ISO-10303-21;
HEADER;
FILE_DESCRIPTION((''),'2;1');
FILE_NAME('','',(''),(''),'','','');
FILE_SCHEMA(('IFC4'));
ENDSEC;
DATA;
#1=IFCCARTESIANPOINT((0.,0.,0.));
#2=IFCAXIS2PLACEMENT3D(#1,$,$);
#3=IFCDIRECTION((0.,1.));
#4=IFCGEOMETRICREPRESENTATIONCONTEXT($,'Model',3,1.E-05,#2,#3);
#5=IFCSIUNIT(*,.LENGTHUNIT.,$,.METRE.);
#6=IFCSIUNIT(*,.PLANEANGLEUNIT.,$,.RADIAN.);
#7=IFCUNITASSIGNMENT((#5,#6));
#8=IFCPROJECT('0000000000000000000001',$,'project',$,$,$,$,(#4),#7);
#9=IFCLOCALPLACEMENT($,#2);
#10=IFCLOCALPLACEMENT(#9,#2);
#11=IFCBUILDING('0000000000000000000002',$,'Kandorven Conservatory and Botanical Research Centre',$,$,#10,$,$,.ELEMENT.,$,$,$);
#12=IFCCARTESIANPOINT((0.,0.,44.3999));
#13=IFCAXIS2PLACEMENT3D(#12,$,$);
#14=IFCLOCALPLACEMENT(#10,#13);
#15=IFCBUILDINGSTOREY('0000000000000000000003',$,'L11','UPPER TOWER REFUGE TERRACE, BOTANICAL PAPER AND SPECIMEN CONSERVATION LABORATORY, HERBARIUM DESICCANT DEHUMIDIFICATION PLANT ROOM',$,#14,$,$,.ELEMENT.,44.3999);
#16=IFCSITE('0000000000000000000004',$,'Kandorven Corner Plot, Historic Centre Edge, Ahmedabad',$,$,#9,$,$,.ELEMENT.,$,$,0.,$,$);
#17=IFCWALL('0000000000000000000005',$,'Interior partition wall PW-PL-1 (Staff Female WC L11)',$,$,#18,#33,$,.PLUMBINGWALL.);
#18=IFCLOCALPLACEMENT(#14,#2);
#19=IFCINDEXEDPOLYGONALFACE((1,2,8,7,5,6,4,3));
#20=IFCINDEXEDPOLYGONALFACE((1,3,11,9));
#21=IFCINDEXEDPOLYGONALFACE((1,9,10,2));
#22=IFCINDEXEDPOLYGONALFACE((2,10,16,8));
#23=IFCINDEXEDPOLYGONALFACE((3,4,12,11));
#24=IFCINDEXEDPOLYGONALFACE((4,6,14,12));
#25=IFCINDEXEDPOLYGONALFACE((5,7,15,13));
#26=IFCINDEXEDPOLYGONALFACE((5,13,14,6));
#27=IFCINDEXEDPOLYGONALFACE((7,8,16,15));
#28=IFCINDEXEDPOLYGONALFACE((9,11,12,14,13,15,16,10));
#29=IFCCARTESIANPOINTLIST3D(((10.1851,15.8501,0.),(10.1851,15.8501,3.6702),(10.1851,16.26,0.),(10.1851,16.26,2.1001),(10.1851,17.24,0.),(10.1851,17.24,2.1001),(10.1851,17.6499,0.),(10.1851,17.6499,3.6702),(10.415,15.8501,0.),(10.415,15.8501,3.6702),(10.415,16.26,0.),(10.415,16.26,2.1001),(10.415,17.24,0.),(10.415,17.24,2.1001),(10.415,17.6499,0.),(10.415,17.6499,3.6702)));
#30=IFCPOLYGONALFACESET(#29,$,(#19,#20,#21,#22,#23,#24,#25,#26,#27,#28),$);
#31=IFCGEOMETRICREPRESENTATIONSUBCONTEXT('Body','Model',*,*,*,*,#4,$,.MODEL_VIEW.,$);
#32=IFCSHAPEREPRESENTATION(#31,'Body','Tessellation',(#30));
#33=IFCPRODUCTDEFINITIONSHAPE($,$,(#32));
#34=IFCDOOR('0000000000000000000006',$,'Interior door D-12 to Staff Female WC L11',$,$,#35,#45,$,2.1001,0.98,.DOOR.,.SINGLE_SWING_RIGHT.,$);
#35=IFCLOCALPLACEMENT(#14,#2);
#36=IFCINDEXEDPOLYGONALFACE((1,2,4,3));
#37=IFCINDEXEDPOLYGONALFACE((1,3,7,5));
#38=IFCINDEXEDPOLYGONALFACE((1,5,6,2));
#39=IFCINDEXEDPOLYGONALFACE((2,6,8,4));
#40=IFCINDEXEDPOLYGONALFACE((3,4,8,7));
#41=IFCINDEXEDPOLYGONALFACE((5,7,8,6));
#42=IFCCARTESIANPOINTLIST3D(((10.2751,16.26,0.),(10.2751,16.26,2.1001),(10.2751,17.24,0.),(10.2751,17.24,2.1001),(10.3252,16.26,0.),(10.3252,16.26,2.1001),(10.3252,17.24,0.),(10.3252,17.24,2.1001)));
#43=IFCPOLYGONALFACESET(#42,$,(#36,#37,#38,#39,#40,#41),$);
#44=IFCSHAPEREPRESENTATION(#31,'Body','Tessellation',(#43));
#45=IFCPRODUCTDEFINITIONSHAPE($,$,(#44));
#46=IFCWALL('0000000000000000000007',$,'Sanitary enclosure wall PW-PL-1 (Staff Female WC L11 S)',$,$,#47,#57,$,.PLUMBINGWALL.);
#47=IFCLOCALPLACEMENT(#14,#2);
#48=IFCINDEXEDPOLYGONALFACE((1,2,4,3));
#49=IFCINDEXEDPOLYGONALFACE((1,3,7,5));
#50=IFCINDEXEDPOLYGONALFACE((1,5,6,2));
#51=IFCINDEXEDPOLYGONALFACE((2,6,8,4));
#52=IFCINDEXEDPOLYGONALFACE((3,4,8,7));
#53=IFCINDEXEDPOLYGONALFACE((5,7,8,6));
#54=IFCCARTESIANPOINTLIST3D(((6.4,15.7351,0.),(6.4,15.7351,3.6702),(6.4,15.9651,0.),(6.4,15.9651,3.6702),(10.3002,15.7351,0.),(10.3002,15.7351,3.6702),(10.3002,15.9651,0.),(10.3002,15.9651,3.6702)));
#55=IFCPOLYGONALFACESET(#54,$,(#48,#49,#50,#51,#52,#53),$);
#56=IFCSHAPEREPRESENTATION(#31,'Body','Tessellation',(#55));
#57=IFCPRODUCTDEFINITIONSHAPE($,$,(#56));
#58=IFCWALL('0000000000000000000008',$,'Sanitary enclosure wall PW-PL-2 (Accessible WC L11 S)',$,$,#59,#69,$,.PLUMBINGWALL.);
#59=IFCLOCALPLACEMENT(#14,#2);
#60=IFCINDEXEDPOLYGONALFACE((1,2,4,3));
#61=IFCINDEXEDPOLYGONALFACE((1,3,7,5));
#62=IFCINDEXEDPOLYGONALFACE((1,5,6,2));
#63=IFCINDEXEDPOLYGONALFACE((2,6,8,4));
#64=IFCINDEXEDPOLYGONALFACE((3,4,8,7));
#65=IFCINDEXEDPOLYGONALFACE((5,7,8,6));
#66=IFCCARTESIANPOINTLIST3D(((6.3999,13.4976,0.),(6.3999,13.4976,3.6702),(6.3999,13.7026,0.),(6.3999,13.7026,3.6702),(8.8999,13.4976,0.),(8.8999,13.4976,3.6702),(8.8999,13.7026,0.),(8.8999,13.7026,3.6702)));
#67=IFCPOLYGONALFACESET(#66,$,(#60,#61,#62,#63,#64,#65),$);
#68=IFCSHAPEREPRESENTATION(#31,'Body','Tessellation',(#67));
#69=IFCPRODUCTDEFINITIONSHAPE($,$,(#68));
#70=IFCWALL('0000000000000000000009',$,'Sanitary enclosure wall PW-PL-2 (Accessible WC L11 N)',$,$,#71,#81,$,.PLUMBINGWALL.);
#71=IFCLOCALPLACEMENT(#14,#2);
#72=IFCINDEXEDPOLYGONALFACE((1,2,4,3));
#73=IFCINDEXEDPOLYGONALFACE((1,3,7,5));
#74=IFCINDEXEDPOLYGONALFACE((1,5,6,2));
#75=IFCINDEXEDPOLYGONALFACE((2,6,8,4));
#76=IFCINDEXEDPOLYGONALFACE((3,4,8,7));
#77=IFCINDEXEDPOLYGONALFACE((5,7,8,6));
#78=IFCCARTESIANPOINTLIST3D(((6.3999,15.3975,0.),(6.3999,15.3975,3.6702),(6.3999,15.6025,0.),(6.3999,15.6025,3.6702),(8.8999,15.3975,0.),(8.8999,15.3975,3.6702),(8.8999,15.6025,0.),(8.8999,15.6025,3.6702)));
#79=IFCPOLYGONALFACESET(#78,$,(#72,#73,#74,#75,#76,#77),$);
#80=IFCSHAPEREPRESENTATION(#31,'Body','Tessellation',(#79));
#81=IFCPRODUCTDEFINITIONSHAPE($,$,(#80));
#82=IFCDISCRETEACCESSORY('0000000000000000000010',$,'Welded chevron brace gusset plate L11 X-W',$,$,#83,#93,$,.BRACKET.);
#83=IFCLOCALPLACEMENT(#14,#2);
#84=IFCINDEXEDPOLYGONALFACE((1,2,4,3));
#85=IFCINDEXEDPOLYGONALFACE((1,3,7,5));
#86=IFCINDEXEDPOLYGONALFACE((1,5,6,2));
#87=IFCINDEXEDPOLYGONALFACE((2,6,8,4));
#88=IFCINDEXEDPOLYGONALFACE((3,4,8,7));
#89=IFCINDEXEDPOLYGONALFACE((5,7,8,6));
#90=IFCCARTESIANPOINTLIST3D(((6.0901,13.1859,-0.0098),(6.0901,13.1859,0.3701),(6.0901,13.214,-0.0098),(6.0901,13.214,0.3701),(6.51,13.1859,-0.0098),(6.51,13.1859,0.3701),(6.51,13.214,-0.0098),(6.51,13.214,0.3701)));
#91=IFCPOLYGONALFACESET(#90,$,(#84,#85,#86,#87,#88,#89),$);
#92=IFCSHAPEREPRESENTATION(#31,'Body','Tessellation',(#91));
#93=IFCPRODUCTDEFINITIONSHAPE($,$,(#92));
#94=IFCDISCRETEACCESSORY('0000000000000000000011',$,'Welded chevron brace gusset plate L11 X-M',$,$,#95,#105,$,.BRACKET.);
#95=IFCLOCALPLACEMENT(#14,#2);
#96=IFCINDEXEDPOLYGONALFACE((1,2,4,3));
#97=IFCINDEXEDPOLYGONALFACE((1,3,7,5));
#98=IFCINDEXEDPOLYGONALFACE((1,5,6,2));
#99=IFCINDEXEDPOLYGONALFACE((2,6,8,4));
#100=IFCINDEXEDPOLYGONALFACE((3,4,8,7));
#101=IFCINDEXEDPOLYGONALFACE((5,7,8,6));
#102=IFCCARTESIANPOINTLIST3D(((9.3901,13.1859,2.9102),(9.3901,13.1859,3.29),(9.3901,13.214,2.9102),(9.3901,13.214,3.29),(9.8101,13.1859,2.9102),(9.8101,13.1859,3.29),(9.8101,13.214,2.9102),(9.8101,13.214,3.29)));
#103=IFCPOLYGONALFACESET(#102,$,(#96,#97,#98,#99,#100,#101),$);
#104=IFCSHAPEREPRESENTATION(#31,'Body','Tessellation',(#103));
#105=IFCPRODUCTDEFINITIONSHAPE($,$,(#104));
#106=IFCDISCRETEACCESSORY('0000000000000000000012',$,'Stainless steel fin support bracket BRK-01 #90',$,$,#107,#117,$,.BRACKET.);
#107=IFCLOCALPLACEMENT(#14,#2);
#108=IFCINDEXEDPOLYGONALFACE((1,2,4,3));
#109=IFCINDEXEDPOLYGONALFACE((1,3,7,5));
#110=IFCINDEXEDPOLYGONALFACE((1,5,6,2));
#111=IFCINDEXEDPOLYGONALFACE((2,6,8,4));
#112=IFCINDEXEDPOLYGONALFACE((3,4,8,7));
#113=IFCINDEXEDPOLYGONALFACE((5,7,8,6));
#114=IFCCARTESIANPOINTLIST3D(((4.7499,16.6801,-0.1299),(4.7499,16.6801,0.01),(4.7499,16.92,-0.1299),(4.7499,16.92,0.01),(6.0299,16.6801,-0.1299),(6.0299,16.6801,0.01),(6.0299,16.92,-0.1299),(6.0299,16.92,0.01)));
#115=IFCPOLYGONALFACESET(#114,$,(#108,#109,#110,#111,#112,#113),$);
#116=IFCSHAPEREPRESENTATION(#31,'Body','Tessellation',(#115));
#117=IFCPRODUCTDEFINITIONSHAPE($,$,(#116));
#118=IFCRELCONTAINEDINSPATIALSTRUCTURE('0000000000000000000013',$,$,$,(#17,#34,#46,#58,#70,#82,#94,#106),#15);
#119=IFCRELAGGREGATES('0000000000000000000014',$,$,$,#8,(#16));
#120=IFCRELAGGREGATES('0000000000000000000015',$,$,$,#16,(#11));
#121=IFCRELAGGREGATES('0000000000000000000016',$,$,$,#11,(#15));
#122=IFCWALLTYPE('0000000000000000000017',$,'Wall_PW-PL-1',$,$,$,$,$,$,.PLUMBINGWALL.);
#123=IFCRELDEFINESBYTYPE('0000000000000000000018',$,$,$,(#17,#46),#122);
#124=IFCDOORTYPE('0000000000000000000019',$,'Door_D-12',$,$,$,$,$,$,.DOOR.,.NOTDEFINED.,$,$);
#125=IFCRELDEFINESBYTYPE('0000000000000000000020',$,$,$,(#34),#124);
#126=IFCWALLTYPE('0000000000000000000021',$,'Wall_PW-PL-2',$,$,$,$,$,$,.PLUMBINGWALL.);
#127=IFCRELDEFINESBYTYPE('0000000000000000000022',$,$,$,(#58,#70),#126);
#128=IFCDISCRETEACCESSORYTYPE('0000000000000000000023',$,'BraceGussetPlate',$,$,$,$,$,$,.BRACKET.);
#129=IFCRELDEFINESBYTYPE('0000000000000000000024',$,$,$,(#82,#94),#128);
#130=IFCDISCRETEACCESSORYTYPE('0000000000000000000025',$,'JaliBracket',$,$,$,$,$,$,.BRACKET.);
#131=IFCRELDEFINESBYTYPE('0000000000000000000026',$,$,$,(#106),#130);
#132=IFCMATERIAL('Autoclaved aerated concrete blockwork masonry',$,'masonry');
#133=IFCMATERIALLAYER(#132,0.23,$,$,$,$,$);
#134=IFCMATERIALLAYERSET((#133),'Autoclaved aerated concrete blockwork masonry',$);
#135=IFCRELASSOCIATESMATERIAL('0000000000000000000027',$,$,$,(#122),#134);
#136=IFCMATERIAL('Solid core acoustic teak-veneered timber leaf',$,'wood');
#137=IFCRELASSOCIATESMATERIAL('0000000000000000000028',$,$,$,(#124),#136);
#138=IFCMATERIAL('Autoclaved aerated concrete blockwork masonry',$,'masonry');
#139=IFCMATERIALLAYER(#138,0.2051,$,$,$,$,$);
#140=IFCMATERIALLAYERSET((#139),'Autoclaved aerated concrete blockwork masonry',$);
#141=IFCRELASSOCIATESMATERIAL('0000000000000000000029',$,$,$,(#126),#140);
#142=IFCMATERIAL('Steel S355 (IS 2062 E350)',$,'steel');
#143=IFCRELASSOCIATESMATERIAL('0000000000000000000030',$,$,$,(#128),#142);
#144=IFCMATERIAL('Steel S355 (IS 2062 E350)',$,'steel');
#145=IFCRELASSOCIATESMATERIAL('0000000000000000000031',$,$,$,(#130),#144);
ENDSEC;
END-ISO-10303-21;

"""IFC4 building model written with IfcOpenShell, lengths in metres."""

from ifc_helpers import new_model, si_unit, direction, frame, frame_2d, origin, origin_2d, place, context, subcontext, project, spatial, rectangle, extrude, material, layer, layer_set, type_object, element, fill, save


model = new_model("IFC4")

# Units and contexts
model_context = context("Model", 3, precision=1e-05, world=origin(), true_north=direction((0.0, 1.0)))
body_context = subcontext(model_context, "Body", "Model", "MODEL_VIEW")
ifc_project = project(units=[si_unit("LENGTHUNIT", "METRE"), si_unit("PLANEANGLEUNIT", "RADIAN")], contexts=[model_context])

# Site, building, storey
site_placement = place(None, origin())
site = spatial("IfcSite", under=ifc_project, at=site_placement, Name="Kandorven Corner Plot, Historic Centre Edge, Ahmedabad", CompositionType="ELEMENT", RefElevation=0.0)
building_placement = place(site_placement, origin())
building = spatial("IfcBuilding", under=site, at=building_placement, Name="Kandorven Conservatory and Botanical Research Centre", CompositionType="ELEMENT")
storey_placement = place(building_placement, frame((0.0, 0.0, 44.3999)))
storey = spatial("IfcBuildingStorey", under=building, at=storey_placement, Name="L11", Description="UPPER TOWER REFUGE TERRACE, BOTANICAL PAPER AND SPECIMEN CONSERVATION LABORATORY, HERBARIUM DESICCANT DEHUMIDIFICATION PLANT ROOM", CompositionType="ELEMENT", Elevation=44.3999)

# Wall, opening, door
ifc_material_1 = material(Name="Autoclaved aerated concrete blockwork masonry", Category="masonry")
ifc_layer_1 = layer(ifc_material_1, 0.23)
ifc_layer_set_1 = layer_set([ifc_layer_1], Name="Autoclaved aerated concrete blockwork masonry")
wall_type_1 = type_object("IfcWallType", Name="Wall_PW-PL-1", PredefinedType="PLUMBINGWALL", material=ifc_layer_set_1)
wall_1_placement = place(storey_placement, frame((10.3, 15.8501, 0.0), z_axis=(0.0, 0.0, 1.0), x_axis=(0.0, 1.0, 0.0)))
wall_1 = element("IfcWall", 1, at=wall_1_placement, inside=storey, type_object=wall_type_1, Name="Interior partition wall PW-PL-1 (Staff Female WC L11)", PredefinedType="PLUMBINGWALL", context=body_context, shape_type="SweptSolid", body=[
    extrude(rectangle(XDim=1.7998, YDim=0.23, at=frame_2d((0.8999, 0.0))), origin(), (0.0, 0.0, 1.0), 3.6702),
])
opening_1_placement = place(wall_1_placement, frame((0.4099, 0.0, 0.0)))
opening_1 = element("IfcOpeningElement", 2, at=opening_1_placement, cuts=wall_1, PredefinedType="OPENING", context=body_context, shape_type="SweptSolid", body=[
    extrude(rectangle(XDim=0.98, YDim=2.1001, at=frame_2d((0.49, 1.05))), frame((0.0, 0.125, 0.0), z_axis=(0.0, -1.0, 0.0), x_axis=(1.0, 0.0, 0.0)), (0.0, 0.0, 1.0), 0.25),
])
ifc_material_2 = material(Name="Solid core acoustic teak-veneered timber leaf", Category="wood")
door_type_1 = type_object("IfcDoorType", Name="Door_D-12", OperationType="NOTDEFINED", PredefinedType="DOOR", material=ifc_material_2)
door_1_placement = place(opening_1_placement, origin())
door_1 = element("IfcDoor", 3, at=door_1_placement, inside=storey, type_object=door_type_1, Name="Interior door D-12 to Staff Female WC L11", OperationType="SINGLE_SWING_RIGHT", OverallHeight=2.1001, OverallWidth=0.98, PredefinedType="DOOR", context=body_context, shape_type="SweptSolid", body=[
    extrude(rectangle(XDim=0.98, YDim=2.1001, at=frame_2d((0.49, 1.05))), frame((0.0, 0.0249, 0.0), z_axis=(0.0, -1.0, 0.0), x_axis=(1.0, 0.0, 0.0)), (0.0, 0.0, 1.0), 0.05),
])
fill(opening_1, door_1)

# Wall
wall_2_placement = place(storey_placement, frame((6.3999, 15.8501, 0.0), z_axis=(0.0, 0.0, 1.0), x_axis=(1.0, 0.0, 0.0)))
element("IfcWall", 4, at=wall_2_placement, inside=storey, type_object=wall_type_1, Name="Sanitary enclosure wall PW-PL-1 (Staff Female WC L11 S)", PredefinedType="PLUMBINGWALL", context=body_context, shape_type="SweptSolid", body=[
    extrude(rectangle(XDim=3.9001, YDim=0.23, at=frame_2d((1.9502, 0.0))), origin(), (0.0, 0.0, 1.0), 3.6702),
])

# Shared definitions
ifc_material_3 = material(Name="Autoclaved aerated concrete blockwork masonry", Category="masonry")
ifc_layer_2 = layer(ifc_material_3, 0.2051)
ifc_layer_set_2 = layer_set([ifc_layer_2], Name="Autoclaved aerated concrete blockwork masonry")
wall_type_2 = type_object("IfcWallType", Name="Wall_PW-PL-2", PredefinedType="PLUMBINGWALL", material=ifc_layer_set_2)

# Walls
for number, where, z_axis, x_axis, name in (
    (5, (6.3999, 13.6001, 0.0), (0.0, 0.0, 1.0), (1.0, 0.0, 0.0), "Sanitary enclosure wall PW-PL-2 (Accessible WC L11 S)"),
    (6, (6.3999, 15.5, 0.0), (0.0, 0.0, 1.0), (1.0, 0.0, 0.0), "Sanitary enclosure wall PW-PL-2 (Accessible WC L11 N)"),
):
    element("IfcWall", number, at=place(storey_placement, frame(where, z_axis=z_axis, x_axis=x_axis)), inside=storey, type_object=wall_type_2, Name=name, PredefinedType="PLUMBINGWALL", context=body_context, shape_type="SweptSolid", body=[
        extrude(rectangle(XDim=2.5, YDim=0.2051, at=frame_2d((1.25, 0.0))), origin(), (0.0, 0.0, 1.0), 3.6702),
    ])

# Discrete accessories
ifc_material_4 = material(Name="Steel S355 (IS 2062 E350)", Category="steel")
discrete_accessory_type_1 = type_object("IfcDiscreteAccessoryType", Name="BraceGussetPlate", PredefinedType="BRACKET", material=ifc_material_4)
for number, where, z_axis, x_axis, name in (
    (7, (6.3, 13.2, -0.0098), (0.0, 0.0, 1.0), (1.0, 0.0, 0.0), "Welded chevron brace gusset plate L11 X-W"),
    (8, (9.6001, 13.2, 2.9102), (0.0, 0.0, 1.0), (1.0, 0.0, 0.0), "Welded chevron brace gusset plate L11 X-M"),
):
    element("IfcDiscreteAccessory", number, at=place(storey_placement, frame(where, z_axis=z_axis, x_axis=x_axis)), inside=storey, type_object=discrete_accessory_type_1, Name=name, PredefinedType="BRACKET", context=body_context, shape_type="SweptSolid", body=[
        extrude(rectangle(XDim=0.4199, YDim=0.0281, at=origin_2d()), origin(), (0.0, 0.0, 1.0), 0.3799),
    ])
ifc_material_5 = material(Name="Steel S355 (IS 2062 E350)", Category="steel")
discrete_accessory_type_2 = type_object("IfcDiscreteAccessoryType", Name="JaliBracket", PredefinedType="BRACKET", material=ifc_material_5)
discrete_accessory_placement = place(storey_placement, frame((5.3899, 16.8, -0.1299), z_axis=(0.0, 0.0, 1.0), x_axis=(1.0, 0.0, 0.0)))
element("IfcDiscreteAccessory", 9, at=discrete_accessory_placement, inside=storey, type_object=discrete_accessory_type_2, Name="Stainless steel fin support bracket BRK-01 #90", PredefinedType="BRACKET", context=body_context, shape_type="SweptSolid", body=[
    extrude(rectangle(XDim=1.28, YDim=0.24, at=origin_2d()), origin(), (0.0, 0.0, 1.0), 0.1399),
])

save(model, "model.ifc")
